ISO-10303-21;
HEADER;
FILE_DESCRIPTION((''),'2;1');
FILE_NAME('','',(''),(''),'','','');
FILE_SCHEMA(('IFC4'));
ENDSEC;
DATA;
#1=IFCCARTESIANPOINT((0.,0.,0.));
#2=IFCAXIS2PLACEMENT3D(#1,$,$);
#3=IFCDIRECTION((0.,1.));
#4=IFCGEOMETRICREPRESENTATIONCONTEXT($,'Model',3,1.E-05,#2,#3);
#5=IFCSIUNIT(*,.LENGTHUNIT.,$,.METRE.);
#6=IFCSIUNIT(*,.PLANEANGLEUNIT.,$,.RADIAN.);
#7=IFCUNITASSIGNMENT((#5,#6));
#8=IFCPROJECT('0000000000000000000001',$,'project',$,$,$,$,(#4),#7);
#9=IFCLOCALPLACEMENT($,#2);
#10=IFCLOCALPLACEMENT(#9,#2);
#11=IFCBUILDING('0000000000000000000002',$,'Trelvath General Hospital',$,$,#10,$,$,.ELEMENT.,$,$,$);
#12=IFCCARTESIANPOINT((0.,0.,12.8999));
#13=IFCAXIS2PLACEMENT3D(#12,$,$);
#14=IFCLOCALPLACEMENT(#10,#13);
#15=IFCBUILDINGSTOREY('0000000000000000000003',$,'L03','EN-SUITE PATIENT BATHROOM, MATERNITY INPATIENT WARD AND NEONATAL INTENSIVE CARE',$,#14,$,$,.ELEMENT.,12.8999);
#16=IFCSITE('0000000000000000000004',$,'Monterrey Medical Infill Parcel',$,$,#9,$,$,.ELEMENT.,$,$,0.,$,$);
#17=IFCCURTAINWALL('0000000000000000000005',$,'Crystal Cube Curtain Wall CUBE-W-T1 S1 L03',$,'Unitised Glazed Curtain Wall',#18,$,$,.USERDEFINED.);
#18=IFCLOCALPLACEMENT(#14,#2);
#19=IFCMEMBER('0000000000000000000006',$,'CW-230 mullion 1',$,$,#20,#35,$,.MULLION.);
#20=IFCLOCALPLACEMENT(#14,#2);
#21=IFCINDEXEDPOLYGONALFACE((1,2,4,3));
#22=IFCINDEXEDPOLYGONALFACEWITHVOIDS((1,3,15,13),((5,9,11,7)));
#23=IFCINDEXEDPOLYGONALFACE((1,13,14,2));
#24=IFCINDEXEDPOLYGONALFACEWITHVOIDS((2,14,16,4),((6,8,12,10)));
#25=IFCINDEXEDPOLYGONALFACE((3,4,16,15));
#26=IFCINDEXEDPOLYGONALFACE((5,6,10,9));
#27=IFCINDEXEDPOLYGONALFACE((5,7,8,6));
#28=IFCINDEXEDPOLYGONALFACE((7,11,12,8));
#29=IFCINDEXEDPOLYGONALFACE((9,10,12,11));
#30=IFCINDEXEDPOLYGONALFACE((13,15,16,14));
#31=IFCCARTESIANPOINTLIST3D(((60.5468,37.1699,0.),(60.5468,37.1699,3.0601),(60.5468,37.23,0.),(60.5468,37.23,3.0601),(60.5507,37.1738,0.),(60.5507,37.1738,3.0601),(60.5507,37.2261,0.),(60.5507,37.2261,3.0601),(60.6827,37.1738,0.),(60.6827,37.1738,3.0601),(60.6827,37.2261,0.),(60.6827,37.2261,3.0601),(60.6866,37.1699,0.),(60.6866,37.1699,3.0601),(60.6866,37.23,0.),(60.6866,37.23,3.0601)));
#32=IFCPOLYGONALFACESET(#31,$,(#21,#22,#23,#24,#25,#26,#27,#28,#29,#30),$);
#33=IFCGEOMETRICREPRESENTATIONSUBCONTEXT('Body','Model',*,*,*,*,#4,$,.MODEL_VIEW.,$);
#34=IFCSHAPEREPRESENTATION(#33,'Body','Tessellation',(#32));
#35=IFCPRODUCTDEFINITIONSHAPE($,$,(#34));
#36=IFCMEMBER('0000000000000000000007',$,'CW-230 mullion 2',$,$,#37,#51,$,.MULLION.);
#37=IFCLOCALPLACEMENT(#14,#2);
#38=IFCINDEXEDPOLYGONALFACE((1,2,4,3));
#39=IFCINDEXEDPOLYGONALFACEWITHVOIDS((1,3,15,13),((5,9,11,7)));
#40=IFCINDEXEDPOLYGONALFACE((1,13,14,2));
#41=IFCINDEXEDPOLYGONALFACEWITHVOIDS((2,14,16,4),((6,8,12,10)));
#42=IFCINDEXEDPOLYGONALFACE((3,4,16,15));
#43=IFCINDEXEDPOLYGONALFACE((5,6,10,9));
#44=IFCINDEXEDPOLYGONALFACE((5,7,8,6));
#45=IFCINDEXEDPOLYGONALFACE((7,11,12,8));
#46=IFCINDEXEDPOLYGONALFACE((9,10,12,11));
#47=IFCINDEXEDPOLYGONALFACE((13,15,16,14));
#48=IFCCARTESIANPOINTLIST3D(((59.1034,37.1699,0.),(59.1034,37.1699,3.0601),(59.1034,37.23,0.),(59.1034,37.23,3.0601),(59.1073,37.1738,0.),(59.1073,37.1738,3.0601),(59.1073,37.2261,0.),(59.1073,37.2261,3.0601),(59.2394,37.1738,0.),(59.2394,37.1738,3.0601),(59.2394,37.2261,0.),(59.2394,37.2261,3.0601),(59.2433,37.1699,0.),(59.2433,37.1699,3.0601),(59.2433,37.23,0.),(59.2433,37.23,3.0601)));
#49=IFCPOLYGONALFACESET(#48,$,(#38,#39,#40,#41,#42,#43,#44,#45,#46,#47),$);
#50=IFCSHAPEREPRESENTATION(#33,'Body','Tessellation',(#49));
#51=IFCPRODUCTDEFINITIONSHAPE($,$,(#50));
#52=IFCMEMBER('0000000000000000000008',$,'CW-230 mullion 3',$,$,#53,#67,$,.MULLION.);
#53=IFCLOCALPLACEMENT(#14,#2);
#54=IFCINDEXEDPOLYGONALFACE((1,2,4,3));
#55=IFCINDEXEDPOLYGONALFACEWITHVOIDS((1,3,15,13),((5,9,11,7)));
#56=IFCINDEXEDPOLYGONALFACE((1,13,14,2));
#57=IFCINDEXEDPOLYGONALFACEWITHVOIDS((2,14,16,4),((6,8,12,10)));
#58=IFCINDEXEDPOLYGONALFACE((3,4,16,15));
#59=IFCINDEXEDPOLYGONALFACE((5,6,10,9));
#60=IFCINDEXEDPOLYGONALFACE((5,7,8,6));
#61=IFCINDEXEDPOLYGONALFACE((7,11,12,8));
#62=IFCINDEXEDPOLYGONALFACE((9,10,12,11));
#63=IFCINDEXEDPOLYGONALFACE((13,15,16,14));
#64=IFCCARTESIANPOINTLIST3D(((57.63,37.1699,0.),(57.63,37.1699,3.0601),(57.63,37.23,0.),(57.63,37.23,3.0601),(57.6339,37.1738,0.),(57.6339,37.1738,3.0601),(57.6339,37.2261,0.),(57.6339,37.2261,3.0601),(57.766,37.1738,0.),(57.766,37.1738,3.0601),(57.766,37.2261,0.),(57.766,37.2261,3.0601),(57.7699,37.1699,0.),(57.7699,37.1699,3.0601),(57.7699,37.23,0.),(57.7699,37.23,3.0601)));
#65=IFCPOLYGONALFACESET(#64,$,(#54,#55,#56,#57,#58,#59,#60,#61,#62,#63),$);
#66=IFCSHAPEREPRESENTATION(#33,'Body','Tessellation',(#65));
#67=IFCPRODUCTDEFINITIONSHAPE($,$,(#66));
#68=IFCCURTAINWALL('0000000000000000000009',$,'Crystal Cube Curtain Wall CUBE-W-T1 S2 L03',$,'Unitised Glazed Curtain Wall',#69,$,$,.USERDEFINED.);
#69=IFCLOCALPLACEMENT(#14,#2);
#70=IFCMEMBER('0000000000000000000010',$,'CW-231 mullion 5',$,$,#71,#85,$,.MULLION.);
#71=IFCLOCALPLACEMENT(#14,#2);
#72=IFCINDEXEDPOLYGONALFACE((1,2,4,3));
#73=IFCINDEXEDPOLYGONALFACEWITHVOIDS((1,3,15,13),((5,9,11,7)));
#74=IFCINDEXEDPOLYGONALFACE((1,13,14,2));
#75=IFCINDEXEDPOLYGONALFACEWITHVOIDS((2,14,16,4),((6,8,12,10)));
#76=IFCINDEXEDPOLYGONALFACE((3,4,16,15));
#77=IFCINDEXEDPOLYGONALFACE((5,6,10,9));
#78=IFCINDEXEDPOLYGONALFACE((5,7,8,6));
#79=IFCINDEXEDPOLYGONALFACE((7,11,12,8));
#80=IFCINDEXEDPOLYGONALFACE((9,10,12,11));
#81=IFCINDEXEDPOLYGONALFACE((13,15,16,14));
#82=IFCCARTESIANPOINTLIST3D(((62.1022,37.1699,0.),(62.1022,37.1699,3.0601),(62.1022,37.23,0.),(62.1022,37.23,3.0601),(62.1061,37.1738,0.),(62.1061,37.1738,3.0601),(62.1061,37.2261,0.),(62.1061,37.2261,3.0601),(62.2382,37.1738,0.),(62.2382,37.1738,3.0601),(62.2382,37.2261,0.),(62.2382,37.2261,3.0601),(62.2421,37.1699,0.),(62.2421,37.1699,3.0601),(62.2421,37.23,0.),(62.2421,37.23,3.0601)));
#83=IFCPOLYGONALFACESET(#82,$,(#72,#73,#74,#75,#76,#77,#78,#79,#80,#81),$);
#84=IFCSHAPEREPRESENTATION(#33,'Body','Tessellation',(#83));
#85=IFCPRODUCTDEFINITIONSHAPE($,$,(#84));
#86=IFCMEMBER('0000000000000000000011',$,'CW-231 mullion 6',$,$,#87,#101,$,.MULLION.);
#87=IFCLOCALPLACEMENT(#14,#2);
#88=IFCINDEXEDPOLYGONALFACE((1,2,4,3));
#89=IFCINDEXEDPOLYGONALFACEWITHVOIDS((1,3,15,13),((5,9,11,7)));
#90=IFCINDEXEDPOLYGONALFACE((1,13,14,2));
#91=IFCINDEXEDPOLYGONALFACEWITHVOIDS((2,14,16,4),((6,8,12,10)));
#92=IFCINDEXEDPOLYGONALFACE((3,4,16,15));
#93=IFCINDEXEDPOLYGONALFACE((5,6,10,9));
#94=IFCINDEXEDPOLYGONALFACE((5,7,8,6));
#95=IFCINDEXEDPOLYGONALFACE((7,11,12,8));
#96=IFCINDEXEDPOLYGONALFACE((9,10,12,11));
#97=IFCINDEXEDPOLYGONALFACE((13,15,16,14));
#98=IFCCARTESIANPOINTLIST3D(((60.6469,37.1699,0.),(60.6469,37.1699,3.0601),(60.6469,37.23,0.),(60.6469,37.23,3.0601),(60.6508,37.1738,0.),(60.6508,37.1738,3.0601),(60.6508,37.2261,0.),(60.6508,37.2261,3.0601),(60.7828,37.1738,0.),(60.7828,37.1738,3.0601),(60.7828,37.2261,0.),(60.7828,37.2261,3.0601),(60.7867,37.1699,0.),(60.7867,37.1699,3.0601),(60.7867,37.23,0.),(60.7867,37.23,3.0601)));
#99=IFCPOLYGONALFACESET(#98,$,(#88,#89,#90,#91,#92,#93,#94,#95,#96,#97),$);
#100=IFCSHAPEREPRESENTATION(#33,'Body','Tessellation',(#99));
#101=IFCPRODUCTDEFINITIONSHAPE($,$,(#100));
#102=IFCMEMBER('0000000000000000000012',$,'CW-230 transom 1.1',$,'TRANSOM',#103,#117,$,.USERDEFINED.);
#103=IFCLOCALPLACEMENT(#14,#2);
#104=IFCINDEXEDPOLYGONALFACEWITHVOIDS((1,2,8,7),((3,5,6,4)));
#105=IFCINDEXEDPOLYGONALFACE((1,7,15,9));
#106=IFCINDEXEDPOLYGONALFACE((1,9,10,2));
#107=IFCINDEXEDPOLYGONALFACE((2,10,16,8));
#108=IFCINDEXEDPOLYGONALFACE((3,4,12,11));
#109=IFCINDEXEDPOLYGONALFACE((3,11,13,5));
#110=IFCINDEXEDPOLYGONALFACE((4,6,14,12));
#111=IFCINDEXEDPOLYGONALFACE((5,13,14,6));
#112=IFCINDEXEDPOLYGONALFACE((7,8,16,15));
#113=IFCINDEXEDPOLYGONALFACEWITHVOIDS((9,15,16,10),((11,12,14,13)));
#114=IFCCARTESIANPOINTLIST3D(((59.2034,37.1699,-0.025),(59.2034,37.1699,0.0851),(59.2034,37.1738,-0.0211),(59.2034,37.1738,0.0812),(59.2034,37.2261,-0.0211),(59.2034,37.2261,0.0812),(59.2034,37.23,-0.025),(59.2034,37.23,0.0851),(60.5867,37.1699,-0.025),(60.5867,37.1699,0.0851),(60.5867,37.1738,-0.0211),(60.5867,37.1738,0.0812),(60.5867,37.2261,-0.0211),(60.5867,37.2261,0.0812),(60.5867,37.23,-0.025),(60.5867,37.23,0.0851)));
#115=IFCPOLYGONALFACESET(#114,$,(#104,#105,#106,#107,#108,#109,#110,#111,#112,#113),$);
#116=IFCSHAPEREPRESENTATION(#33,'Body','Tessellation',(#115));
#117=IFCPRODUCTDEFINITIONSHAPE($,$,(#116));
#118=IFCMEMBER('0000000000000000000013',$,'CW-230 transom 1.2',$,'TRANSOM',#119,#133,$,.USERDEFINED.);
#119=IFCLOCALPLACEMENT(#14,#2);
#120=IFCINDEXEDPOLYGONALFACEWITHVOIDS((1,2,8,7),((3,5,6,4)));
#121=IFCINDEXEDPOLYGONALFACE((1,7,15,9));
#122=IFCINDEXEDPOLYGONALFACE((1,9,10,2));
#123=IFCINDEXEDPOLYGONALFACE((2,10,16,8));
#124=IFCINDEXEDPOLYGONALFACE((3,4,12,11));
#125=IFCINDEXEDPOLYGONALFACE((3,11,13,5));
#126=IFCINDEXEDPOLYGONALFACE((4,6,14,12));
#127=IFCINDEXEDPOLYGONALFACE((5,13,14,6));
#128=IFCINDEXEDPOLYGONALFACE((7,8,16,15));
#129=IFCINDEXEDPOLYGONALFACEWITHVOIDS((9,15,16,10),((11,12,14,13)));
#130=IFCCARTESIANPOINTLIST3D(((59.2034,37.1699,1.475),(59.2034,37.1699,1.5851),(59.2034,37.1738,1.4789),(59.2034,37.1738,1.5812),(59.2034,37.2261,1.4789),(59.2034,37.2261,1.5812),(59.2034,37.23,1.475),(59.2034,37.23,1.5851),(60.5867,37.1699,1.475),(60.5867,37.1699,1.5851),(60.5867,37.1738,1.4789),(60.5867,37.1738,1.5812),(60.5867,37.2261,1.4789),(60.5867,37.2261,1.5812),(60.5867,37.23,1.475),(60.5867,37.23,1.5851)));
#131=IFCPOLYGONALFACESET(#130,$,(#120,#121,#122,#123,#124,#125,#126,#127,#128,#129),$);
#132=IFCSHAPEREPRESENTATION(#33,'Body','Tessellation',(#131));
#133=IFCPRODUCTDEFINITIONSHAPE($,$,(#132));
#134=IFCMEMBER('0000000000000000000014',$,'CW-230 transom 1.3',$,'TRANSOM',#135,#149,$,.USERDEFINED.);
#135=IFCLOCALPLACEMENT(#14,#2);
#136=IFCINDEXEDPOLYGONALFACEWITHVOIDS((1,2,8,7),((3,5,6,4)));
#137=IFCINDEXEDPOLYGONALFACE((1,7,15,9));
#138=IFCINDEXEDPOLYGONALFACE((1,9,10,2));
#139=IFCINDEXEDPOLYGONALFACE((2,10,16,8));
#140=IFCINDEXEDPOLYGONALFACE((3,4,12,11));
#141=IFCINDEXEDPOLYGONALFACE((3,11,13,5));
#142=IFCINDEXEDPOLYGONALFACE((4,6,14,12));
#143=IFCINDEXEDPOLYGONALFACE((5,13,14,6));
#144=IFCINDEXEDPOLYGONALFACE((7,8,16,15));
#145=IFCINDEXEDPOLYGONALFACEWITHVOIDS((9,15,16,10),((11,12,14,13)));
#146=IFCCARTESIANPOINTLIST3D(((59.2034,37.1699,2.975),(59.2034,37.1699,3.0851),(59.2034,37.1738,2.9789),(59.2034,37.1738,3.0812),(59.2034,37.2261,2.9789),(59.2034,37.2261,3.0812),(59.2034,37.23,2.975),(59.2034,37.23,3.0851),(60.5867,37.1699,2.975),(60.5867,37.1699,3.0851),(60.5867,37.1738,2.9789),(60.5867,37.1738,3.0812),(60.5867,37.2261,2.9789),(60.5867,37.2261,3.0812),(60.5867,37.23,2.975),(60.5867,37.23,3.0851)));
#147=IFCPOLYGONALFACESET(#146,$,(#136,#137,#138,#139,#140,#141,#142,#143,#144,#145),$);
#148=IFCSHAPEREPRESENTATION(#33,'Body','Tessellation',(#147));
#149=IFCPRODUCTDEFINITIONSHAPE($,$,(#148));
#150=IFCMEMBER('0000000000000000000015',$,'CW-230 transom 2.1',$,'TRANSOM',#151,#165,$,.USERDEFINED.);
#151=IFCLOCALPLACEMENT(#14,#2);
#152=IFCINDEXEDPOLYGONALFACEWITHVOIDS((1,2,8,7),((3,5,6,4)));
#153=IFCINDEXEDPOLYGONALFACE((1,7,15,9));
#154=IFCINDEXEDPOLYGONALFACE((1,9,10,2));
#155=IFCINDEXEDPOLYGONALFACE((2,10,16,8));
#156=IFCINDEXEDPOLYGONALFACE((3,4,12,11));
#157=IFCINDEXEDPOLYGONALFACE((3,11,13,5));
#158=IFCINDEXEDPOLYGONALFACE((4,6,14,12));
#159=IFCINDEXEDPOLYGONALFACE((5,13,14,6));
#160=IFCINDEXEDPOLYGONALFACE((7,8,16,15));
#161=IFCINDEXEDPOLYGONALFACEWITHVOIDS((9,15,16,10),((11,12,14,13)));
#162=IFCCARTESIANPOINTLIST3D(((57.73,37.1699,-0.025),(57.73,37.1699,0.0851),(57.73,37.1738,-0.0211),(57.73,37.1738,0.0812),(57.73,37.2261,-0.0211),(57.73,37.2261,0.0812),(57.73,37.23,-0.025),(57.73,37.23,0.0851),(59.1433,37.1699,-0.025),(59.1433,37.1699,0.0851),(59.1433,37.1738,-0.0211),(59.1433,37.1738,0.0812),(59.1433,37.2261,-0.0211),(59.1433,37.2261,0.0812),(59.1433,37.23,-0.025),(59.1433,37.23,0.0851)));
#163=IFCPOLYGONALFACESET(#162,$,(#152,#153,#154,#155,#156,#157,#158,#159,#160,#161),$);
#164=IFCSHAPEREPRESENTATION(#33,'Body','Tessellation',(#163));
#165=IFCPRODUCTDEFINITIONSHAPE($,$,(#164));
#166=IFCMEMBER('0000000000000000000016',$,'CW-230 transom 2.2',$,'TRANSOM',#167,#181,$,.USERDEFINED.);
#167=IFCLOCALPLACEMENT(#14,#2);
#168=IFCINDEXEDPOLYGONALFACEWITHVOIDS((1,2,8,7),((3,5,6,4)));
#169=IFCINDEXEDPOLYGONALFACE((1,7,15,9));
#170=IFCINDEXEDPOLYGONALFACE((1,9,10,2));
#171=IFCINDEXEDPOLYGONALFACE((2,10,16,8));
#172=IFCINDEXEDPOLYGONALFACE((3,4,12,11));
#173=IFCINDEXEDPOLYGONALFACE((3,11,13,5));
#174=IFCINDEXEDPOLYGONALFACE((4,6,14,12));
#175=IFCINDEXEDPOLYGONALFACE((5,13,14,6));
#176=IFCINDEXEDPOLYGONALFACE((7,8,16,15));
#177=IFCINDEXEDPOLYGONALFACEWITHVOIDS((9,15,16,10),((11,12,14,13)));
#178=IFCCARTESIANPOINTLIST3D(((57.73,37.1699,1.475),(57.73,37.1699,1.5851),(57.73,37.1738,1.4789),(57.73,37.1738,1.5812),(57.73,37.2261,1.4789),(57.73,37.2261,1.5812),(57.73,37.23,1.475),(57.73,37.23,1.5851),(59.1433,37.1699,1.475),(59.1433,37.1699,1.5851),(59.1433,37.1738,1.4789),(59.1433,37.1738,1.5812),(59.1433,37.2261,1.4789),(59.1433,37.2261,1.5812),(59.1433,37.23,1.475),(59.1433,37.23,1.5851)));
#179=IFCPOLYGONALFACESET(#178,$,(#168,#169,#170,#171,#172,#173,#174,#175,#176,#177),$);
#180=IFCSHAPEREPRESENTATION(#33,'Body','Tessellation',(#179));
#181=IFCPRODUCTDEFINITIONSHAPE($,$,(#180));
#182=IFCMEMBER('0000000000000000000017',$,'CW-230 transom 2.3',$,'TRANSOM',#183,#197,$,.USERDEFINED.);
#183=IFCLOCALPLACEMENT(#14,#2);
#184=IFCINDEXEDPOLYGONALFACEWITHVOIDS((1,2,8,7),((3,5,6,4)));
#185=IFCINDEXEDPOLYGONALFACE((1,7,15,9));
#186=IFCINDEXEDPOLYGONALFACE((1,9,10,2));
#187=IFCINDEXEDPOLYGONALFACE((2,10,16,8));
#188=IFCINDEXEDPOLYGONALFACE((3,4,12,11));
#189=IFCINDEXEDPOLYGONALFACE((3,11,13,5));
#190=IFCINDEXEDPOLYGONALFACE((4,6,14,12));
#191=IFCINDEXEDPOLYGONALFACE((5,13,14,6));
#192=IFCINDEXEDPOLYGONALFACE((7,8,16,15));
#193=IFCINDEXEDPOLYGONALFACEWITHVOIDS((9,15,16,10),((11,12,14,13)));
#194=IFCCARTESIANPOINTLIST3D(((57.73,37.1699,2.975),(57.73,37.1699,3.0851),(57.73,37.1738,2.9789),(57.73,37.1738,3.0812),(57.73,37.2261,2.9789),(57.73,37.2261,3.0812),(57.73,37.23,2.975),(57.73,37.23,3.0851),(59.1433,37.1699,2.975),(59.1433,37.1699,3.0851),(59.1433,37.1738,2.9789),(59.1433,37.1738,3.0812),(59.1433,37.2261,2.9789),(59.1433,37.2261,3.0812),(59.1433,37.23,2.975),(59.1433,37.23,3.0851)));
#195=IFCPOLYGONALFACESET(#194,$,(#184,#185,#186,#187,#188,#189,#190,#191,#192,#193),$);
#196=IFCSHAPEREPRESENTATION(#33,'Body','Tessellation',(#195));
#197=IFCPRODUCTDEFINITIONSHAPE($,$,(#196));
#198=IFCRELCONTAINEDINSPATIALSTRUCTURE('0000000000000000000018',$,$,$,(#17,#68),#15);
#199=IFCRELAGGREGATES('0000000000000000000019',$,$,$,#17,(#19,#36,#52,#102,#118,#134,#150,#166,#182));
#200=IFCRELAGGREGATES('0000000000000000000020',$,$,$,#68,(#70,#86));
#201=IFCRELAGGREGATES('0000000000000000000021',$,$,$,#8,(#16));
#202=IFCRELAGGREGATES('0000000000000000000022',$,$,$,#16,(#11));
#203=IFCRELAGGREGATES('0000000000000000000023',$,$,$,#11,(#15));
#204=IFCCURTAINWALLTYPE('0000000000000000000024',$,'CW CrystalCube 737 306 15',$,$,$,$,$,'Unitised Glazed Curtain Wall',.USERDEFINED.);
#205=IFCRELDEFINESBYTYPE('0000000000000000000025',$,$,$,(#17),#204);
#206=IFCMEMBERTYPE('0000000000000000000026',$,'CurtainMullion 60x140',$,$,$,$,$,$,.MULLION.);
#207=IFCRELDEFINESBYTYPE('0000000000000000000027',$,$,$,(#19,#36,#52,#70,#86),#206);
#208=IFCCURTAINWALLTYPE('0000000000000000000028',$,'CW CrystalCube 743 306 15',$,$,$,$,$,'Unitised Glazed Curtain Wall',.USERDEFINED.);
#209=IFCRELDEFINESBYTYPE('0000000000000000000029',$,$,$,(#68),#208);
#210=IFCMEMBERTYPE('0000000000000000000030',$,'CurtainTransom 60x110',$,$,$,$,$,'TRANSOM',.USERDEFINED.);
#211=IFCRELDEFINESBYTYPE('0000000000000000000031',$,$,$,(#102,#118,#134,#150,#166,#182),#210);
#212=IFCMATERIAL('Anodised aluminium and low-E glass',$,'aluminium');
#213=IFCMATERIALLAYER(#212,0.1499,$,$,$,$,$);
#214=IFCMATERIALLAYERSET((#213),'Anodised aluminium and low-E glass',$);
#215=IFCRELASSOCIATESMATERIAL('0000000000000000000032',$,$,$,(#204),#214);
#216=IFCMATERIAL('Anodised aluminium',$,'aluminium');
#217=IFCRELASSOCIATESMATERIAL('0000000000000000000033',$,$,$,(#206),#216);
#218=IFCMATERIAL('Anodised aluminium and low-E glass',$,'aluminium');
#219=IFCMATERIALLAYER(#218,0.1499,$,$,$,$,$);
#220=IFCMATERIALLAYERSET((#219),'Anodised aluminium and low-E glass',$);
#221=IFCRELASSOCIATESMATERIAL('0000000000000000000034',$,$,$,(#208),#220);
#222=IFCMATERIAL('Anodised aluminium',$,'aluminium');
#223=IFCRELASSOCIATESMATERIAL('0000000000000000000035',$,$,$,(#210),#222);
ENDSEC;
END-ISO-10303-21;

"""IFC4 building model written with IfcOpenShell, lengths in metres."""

from ifc_helpers import new_model, si_unit, direction, frame, origin, origin_2d, place, context, subcontext, project, spatial, hollow_rectangle, extrude, material, layer, layer_set, material_profile, profile_set, type_object, element, aggregate, save


model = new_model("IFC4")

# Units and contexts
model_context = context("Model", 3, precision=1e-05, world=origin(), true_north=direction((0.0, 1.0)))
body_context = subcontext(model_context, "Body", "Model", "MODEL_VIEW")
ifc_project = project(units=[si_unit("LENGTHUNIT", "METRE"), si_unit("PLANEANGLEUNIT", "RADIAN")], contexts=[model_context])

# Site, building, storey
site_placement = place(None, origin())
site = spatial("IfcSite", under=ifc_project, at=site_placement, Name="Monterrey Medical Infill Parcel", CompositionType="ELEMENT", RefElevation=0.0)
building_placement = place(site_placement, origin())
building = spatial("IfcBuilding", under=site, at=building_placement, Name="Trelvath General Hospital", CompositionType="ELEMENT")
storey_placement = place(building_placement, frame((0.0, 0.0, 12.8999)))
storey = spatial("IfcBuildingStorey", under=building, at=storey_placement, Name="L03", Description="EN-SUITE PATIENT BATHROOM, MATERNITY INPATIENT WARD AND NEONATAL INTENSIVE CARE", CompositionType="ELEMENT", Elevation=12.8999)

# Curtain walls, members
ifc_material_1 = material(Name="Anodised aluminium and low-E glass", Category="aluminium")
ifc_layer_1 = layer(ifc_material_1, 0.1499)
ifc_layer_set_1 = layer_set([ifc_layer_1], Name="Anodised aluminium and low-E glass")
curtain_wall_type_1 = type_object("IfcCurtainWallType", Name="CW CrystalCube 737 306 15", ElementType="Unitised Glazed Curtain Wall", PredefinedType="USERDEFINED", material=ifc_layer_set_1)
curtain_wall_1_placement = place(storey_placement, origin())
curtain_wall_1 = element("IfcCurtainWall", 1, at=curtain_wall_1_placement, inside=storey, type_object=curtain_wall_type_1, Name="Crystal Cube Curtain Wall CUBE-W-T1 S1 L03", ObjectType="Unitised Glazed Curtain Wall", PredefinedType="USERDEFINED")
ifc_material_2 = material(Name="Anodised aluminium", Category="aluminium")
ifc_material_profile_1 = material_profile(ifc_material_2, hollow_rectangle(XDim=0.0601, YDim=0.1399, WallThickness=0.0039, at=origin_2d()), Name="RHS60x140x4")
ifc_profile_set_1 = profile_set([ifc_material_profile_1], Name="Anodised aluminium")
member_type_1 = type_object("IfcMemberType", Name="CurtainMullion 60x140", PredefinedType="MULLION", material=ifc_profile_set_1)
member_1_placement = place(storey_placement, frame((60.6167, 37.2, 0.0), z_axis=(0.0, 0.0, 1.0), x_axis=(0.0, -1.0, 0.0)))
member_1 = element("IfcMember", 2, at=member_1_placement, type_object=member_type_1, Name="CW-230 mullion 1", PredefinedType="MULLION", context=body_context, shape_type="SweptSolid", body=[
    extrude(hollow_rectangle(XDim=0.0601, YDim=0.1399, WallThickness=0.0039, at=origin_2d()), origin(), (0.0, 0.0, 1.0), 3.0601),
])
member_2_placement = place(storey_placement, frame((59.1733, 37.2, 0.0), z_axis=(0.0, 0.0, 1.0), x_axis=(0.0, -1.0, 0.0)))
member_2 = element("IfcMember", 3, at=member_2_placement, type_object=member_type_1, Name="CW-230 mullion 2", PredefinedType="MULLION", context=body_context, shape_type="SweptSolid", body=[
    extrude(hollow_rectangle(XDim=0.0601, YDim=0.1399, WallThickness=0.0039, at=origin_2d()), origin(), (0.0, 0.0, 1.0), 3.0601),
])
member_3_placement = place(storey_placement, frame((57.7, 37.2, 0.0), z_axis=(0.0, 0.0, 1.0), x_axis=(0.0, -1.0, 0.0)))
member_3 = element("IfcMember", 4, at=member_3_placement, type_object=member_type_1, Name="CW-230 mullion 3", PredefinedType="MULLION", context=body_context, shape_type="SweptSolid", body=[
    extrude(hollow_rectangle(XDim=0.0601, YDim=0.1399, WallThickness=0.0039, at=origin_2d()), origin(), (0.0, 0.0, 1.0), 3.0601),
])
ifc_material_3 = material(Name="Anodised aluminium and low-E glass", Category="aluminium")
ifc_layer_2 = layer(ifc_material_3, 0.1499)
ifc_layer_set_2 = layer_set([ifc_layer_2], Name="Anodised aluminium and low-E glass")
curtain_wall_type_2 = type_object("IfcCurtainWallType", Name="CW CrystalCube 743 306 15", ElementType="Unitised Glazed Curtain Wall", PredefinedType="USERDEFINED", material=ifc_layer_set_2)
curtain_wall_2_placement = place(storey_placement, origin())
curtain_wall_2 = element("IfcCurtainWall", 5, at=curtain_wall_2_placement, inside=storey, type_object=curtain_wall_type_2, Name="Crystal Cube Curtain Wall CUBE-W-T1 S2 L03", ObjectType="Unitised Glazed Curtain Wall", PredefinedType="USERDEFINED")
member_4_placement = place(storey_placement, frame((62.1721, 37.2, 0.0), z_axis=(0.0, 0.0, 1.0), x_axis=(0.0, -1.0, 0.0)))
member_4 = element("IfcMember", 6, at=member_4_placement, type_object=member_type_1, Name="CW-231 mullion 5", PredefinedType="MULLION", context=body_context, shape_type="SweptSolid", body=[
    extrude(hollow_rectangle(XDim=0.0601, YDim=0.1399, WallThickness=0.0039, at=origin_2d()), origin(), (0.0, 0.0, 1.0), 3.0601),
])
member_5_placement = place(storey_placement, frame((60.7168, 37.2, 0.0), z_axis=(0.0, 0.0, 1.0), x_axis=(0.0, -1.0, 0.0)))
member_5 = element("IfcMember", 7, at=member_5_placement, type_object=member_type_1, Name="CW-231 mullion 6", PredefinedType="MULLION", context=body_context, shape_type="SweptSolid", body=[
    extrude(hollow_rectangle(XDim=0.0601, YDim=0.1399, WallThickness=0.0039, at=origin_2d()), origin(), (0.0, 0.0, 1.0), 3.0601),
])

# Members
ifc_material_4 = material(Name="Anodised aluminium", Category="aluminium")
ifc_material_profile_2 = material_profile(ifc_material_4, hollow_rectangle(XDim=0.0601, YDim=0.1101, WallThickness=0.0039, at=origin_2d()), Name="RHS60x110x4")
ifc_profile_set_2 = profile_set([ifc_material_profile_2], Name="Anodised aluminium")
member_type_2 = type_object("IfcMemberType", Name="CurtainTransom 60x110", ElementType="TRANSOM", PredefinedType="USERDEFINED", material=ifc_profile_set_2)
member_6_placement = place(storey_placement, frame((60.5867, 37.2, 0.03), z_axis=(-1.0, 0.0, 0.0), x_axis=(0.0, -1.0, 0.0)))
member_6 = element("IfcMember", 8, at=member_6_placement, type_object=member_type_2, Name="CW-230 transom 1.1", ObjectType="TRANSOM", PredefinedType="USERDEFINED", context=body_context, shape_type="SweptSolid", body=[
    extrude(hollow_rectangle(XDim=0.0601, YDim=0.1101, WallThickness=0.0039, at=origin_2d()), origin(), (0.0, 0.0, 1.0), 1.3833),
])
member_7_placement = place(storey_placement, frame((60.5867, 37.2, 1.53), z_axis=(-1.0, 0.0, 0.0), x_axis=(0.0, -1.0, 0.0)))
member_7 = element("IfcMember", 9, at=member_7_placement, type_object=member_type_2, Name="CW-230 transom 1.2", ObjectType="TRANSOM", PredefinedType="USERDEFINED", context=body_context, shape_type="SweptSolid", body=[
    extrude(hollow_rectangle(XDim=0.0601, YDim=0.1101, WallThickness=0.0039, at=origin_2d()), origin(), (0.0, 0.0, 1.0), 1.3833),
])
member_8_placement = place(storey_placement, frame((60.5867, 37.2, 3.03), z_axis=(-1.0, 0.0, 0.0), x_axis=(0.0, -1.0, 0.0)))
member_8 = element("IfcMember", 10, at=member_8_placement, type_object=member_type_2, Name="CW-230 transom 1.3", ObjectType="TRANSOM", PredefinedType="USERDEFINED", context=body_context, shape_type="SweptSolid", body=[
    extrude(hollow_rectangle(XDim=0.0601, YDim=0.1101, WallThickness=0.0039, at=origin_2d()), origin(), (0.0, 0.0, 1.0), 1.3833),
])
member_9_placement = place(storey_placement, frame((59.1433, 37.2, 0.03), z_axis=(-1.0, 0.0, 0.0), x_axis=(0.0, -1.0, 0.0)))
member_9 = element("IfcMember", 11, at=member_9_placement, type_object=member_type_2, Name="CW-230 transom 2.1", ObjectType="TRANSOM", PredefinedType="USERDEFINED", context=body_context, shape_type="SweptSolid", body=[
    extrude(hollow_rectangle(XDim=0.0601, YDim=0.1101, WallThickness=0.0039, at=origin_2d()), origin(), (0.0, 0.0, 1.0), 1.4133),
])
member_10_placement = place(storey_placement, frame((59.1433, 37.2, 1.53), z_axis=(-1.0, 0.0, 0.0), x_axis=(0.0, -1.0, 0.0)))
member_10 = element("IfcMember", 12, at=member_10_placement, type_object=member_type_2, Name="CW-230 transom 2.2", ObjectType="TRANSOM", PredefinedType="USERDEFINED", context=body_context, shape_type="SweptSolid", body=[
    extrude(hollow_rectangle(XDim=0.0601, YDim=0.1101, WallThickness=0.0039, at=origin_2d()), origin(), (0.0, 0.0, 1.0), 1.4133),
])
member_11_placement = place(storey_placement, frame((59.1433, 37.2, 3.03), z_axis=(-1.0, 0.0, 0.0), x_axis=(0.0, -1.0, 0.0)))
member_11 = element("IfcMember", 13, at=member_11_placement, type_object=member_type_2, Name="CW-230 transom 2.3", ObjectType="TRANSOM", PredefinedType="USERDEFINED", context=body_context, shape_type="SweptSolid", body=[
    extrude(hollow_rectangle(XDim=0.0601, YDim=0.1101, WallThickness=0.0039, at=origin_2d()), origin(), (0.0, 0.0, 1.0), 1.4133),
])

aggregate(curtain_wall_1, [member_1, member_2, member_3, member_6, member_7, member_8, member_9, member_10, member_11])
aggregate(curtain_wall_2, [member_4, member_5])

save(model, "model.ifc")
